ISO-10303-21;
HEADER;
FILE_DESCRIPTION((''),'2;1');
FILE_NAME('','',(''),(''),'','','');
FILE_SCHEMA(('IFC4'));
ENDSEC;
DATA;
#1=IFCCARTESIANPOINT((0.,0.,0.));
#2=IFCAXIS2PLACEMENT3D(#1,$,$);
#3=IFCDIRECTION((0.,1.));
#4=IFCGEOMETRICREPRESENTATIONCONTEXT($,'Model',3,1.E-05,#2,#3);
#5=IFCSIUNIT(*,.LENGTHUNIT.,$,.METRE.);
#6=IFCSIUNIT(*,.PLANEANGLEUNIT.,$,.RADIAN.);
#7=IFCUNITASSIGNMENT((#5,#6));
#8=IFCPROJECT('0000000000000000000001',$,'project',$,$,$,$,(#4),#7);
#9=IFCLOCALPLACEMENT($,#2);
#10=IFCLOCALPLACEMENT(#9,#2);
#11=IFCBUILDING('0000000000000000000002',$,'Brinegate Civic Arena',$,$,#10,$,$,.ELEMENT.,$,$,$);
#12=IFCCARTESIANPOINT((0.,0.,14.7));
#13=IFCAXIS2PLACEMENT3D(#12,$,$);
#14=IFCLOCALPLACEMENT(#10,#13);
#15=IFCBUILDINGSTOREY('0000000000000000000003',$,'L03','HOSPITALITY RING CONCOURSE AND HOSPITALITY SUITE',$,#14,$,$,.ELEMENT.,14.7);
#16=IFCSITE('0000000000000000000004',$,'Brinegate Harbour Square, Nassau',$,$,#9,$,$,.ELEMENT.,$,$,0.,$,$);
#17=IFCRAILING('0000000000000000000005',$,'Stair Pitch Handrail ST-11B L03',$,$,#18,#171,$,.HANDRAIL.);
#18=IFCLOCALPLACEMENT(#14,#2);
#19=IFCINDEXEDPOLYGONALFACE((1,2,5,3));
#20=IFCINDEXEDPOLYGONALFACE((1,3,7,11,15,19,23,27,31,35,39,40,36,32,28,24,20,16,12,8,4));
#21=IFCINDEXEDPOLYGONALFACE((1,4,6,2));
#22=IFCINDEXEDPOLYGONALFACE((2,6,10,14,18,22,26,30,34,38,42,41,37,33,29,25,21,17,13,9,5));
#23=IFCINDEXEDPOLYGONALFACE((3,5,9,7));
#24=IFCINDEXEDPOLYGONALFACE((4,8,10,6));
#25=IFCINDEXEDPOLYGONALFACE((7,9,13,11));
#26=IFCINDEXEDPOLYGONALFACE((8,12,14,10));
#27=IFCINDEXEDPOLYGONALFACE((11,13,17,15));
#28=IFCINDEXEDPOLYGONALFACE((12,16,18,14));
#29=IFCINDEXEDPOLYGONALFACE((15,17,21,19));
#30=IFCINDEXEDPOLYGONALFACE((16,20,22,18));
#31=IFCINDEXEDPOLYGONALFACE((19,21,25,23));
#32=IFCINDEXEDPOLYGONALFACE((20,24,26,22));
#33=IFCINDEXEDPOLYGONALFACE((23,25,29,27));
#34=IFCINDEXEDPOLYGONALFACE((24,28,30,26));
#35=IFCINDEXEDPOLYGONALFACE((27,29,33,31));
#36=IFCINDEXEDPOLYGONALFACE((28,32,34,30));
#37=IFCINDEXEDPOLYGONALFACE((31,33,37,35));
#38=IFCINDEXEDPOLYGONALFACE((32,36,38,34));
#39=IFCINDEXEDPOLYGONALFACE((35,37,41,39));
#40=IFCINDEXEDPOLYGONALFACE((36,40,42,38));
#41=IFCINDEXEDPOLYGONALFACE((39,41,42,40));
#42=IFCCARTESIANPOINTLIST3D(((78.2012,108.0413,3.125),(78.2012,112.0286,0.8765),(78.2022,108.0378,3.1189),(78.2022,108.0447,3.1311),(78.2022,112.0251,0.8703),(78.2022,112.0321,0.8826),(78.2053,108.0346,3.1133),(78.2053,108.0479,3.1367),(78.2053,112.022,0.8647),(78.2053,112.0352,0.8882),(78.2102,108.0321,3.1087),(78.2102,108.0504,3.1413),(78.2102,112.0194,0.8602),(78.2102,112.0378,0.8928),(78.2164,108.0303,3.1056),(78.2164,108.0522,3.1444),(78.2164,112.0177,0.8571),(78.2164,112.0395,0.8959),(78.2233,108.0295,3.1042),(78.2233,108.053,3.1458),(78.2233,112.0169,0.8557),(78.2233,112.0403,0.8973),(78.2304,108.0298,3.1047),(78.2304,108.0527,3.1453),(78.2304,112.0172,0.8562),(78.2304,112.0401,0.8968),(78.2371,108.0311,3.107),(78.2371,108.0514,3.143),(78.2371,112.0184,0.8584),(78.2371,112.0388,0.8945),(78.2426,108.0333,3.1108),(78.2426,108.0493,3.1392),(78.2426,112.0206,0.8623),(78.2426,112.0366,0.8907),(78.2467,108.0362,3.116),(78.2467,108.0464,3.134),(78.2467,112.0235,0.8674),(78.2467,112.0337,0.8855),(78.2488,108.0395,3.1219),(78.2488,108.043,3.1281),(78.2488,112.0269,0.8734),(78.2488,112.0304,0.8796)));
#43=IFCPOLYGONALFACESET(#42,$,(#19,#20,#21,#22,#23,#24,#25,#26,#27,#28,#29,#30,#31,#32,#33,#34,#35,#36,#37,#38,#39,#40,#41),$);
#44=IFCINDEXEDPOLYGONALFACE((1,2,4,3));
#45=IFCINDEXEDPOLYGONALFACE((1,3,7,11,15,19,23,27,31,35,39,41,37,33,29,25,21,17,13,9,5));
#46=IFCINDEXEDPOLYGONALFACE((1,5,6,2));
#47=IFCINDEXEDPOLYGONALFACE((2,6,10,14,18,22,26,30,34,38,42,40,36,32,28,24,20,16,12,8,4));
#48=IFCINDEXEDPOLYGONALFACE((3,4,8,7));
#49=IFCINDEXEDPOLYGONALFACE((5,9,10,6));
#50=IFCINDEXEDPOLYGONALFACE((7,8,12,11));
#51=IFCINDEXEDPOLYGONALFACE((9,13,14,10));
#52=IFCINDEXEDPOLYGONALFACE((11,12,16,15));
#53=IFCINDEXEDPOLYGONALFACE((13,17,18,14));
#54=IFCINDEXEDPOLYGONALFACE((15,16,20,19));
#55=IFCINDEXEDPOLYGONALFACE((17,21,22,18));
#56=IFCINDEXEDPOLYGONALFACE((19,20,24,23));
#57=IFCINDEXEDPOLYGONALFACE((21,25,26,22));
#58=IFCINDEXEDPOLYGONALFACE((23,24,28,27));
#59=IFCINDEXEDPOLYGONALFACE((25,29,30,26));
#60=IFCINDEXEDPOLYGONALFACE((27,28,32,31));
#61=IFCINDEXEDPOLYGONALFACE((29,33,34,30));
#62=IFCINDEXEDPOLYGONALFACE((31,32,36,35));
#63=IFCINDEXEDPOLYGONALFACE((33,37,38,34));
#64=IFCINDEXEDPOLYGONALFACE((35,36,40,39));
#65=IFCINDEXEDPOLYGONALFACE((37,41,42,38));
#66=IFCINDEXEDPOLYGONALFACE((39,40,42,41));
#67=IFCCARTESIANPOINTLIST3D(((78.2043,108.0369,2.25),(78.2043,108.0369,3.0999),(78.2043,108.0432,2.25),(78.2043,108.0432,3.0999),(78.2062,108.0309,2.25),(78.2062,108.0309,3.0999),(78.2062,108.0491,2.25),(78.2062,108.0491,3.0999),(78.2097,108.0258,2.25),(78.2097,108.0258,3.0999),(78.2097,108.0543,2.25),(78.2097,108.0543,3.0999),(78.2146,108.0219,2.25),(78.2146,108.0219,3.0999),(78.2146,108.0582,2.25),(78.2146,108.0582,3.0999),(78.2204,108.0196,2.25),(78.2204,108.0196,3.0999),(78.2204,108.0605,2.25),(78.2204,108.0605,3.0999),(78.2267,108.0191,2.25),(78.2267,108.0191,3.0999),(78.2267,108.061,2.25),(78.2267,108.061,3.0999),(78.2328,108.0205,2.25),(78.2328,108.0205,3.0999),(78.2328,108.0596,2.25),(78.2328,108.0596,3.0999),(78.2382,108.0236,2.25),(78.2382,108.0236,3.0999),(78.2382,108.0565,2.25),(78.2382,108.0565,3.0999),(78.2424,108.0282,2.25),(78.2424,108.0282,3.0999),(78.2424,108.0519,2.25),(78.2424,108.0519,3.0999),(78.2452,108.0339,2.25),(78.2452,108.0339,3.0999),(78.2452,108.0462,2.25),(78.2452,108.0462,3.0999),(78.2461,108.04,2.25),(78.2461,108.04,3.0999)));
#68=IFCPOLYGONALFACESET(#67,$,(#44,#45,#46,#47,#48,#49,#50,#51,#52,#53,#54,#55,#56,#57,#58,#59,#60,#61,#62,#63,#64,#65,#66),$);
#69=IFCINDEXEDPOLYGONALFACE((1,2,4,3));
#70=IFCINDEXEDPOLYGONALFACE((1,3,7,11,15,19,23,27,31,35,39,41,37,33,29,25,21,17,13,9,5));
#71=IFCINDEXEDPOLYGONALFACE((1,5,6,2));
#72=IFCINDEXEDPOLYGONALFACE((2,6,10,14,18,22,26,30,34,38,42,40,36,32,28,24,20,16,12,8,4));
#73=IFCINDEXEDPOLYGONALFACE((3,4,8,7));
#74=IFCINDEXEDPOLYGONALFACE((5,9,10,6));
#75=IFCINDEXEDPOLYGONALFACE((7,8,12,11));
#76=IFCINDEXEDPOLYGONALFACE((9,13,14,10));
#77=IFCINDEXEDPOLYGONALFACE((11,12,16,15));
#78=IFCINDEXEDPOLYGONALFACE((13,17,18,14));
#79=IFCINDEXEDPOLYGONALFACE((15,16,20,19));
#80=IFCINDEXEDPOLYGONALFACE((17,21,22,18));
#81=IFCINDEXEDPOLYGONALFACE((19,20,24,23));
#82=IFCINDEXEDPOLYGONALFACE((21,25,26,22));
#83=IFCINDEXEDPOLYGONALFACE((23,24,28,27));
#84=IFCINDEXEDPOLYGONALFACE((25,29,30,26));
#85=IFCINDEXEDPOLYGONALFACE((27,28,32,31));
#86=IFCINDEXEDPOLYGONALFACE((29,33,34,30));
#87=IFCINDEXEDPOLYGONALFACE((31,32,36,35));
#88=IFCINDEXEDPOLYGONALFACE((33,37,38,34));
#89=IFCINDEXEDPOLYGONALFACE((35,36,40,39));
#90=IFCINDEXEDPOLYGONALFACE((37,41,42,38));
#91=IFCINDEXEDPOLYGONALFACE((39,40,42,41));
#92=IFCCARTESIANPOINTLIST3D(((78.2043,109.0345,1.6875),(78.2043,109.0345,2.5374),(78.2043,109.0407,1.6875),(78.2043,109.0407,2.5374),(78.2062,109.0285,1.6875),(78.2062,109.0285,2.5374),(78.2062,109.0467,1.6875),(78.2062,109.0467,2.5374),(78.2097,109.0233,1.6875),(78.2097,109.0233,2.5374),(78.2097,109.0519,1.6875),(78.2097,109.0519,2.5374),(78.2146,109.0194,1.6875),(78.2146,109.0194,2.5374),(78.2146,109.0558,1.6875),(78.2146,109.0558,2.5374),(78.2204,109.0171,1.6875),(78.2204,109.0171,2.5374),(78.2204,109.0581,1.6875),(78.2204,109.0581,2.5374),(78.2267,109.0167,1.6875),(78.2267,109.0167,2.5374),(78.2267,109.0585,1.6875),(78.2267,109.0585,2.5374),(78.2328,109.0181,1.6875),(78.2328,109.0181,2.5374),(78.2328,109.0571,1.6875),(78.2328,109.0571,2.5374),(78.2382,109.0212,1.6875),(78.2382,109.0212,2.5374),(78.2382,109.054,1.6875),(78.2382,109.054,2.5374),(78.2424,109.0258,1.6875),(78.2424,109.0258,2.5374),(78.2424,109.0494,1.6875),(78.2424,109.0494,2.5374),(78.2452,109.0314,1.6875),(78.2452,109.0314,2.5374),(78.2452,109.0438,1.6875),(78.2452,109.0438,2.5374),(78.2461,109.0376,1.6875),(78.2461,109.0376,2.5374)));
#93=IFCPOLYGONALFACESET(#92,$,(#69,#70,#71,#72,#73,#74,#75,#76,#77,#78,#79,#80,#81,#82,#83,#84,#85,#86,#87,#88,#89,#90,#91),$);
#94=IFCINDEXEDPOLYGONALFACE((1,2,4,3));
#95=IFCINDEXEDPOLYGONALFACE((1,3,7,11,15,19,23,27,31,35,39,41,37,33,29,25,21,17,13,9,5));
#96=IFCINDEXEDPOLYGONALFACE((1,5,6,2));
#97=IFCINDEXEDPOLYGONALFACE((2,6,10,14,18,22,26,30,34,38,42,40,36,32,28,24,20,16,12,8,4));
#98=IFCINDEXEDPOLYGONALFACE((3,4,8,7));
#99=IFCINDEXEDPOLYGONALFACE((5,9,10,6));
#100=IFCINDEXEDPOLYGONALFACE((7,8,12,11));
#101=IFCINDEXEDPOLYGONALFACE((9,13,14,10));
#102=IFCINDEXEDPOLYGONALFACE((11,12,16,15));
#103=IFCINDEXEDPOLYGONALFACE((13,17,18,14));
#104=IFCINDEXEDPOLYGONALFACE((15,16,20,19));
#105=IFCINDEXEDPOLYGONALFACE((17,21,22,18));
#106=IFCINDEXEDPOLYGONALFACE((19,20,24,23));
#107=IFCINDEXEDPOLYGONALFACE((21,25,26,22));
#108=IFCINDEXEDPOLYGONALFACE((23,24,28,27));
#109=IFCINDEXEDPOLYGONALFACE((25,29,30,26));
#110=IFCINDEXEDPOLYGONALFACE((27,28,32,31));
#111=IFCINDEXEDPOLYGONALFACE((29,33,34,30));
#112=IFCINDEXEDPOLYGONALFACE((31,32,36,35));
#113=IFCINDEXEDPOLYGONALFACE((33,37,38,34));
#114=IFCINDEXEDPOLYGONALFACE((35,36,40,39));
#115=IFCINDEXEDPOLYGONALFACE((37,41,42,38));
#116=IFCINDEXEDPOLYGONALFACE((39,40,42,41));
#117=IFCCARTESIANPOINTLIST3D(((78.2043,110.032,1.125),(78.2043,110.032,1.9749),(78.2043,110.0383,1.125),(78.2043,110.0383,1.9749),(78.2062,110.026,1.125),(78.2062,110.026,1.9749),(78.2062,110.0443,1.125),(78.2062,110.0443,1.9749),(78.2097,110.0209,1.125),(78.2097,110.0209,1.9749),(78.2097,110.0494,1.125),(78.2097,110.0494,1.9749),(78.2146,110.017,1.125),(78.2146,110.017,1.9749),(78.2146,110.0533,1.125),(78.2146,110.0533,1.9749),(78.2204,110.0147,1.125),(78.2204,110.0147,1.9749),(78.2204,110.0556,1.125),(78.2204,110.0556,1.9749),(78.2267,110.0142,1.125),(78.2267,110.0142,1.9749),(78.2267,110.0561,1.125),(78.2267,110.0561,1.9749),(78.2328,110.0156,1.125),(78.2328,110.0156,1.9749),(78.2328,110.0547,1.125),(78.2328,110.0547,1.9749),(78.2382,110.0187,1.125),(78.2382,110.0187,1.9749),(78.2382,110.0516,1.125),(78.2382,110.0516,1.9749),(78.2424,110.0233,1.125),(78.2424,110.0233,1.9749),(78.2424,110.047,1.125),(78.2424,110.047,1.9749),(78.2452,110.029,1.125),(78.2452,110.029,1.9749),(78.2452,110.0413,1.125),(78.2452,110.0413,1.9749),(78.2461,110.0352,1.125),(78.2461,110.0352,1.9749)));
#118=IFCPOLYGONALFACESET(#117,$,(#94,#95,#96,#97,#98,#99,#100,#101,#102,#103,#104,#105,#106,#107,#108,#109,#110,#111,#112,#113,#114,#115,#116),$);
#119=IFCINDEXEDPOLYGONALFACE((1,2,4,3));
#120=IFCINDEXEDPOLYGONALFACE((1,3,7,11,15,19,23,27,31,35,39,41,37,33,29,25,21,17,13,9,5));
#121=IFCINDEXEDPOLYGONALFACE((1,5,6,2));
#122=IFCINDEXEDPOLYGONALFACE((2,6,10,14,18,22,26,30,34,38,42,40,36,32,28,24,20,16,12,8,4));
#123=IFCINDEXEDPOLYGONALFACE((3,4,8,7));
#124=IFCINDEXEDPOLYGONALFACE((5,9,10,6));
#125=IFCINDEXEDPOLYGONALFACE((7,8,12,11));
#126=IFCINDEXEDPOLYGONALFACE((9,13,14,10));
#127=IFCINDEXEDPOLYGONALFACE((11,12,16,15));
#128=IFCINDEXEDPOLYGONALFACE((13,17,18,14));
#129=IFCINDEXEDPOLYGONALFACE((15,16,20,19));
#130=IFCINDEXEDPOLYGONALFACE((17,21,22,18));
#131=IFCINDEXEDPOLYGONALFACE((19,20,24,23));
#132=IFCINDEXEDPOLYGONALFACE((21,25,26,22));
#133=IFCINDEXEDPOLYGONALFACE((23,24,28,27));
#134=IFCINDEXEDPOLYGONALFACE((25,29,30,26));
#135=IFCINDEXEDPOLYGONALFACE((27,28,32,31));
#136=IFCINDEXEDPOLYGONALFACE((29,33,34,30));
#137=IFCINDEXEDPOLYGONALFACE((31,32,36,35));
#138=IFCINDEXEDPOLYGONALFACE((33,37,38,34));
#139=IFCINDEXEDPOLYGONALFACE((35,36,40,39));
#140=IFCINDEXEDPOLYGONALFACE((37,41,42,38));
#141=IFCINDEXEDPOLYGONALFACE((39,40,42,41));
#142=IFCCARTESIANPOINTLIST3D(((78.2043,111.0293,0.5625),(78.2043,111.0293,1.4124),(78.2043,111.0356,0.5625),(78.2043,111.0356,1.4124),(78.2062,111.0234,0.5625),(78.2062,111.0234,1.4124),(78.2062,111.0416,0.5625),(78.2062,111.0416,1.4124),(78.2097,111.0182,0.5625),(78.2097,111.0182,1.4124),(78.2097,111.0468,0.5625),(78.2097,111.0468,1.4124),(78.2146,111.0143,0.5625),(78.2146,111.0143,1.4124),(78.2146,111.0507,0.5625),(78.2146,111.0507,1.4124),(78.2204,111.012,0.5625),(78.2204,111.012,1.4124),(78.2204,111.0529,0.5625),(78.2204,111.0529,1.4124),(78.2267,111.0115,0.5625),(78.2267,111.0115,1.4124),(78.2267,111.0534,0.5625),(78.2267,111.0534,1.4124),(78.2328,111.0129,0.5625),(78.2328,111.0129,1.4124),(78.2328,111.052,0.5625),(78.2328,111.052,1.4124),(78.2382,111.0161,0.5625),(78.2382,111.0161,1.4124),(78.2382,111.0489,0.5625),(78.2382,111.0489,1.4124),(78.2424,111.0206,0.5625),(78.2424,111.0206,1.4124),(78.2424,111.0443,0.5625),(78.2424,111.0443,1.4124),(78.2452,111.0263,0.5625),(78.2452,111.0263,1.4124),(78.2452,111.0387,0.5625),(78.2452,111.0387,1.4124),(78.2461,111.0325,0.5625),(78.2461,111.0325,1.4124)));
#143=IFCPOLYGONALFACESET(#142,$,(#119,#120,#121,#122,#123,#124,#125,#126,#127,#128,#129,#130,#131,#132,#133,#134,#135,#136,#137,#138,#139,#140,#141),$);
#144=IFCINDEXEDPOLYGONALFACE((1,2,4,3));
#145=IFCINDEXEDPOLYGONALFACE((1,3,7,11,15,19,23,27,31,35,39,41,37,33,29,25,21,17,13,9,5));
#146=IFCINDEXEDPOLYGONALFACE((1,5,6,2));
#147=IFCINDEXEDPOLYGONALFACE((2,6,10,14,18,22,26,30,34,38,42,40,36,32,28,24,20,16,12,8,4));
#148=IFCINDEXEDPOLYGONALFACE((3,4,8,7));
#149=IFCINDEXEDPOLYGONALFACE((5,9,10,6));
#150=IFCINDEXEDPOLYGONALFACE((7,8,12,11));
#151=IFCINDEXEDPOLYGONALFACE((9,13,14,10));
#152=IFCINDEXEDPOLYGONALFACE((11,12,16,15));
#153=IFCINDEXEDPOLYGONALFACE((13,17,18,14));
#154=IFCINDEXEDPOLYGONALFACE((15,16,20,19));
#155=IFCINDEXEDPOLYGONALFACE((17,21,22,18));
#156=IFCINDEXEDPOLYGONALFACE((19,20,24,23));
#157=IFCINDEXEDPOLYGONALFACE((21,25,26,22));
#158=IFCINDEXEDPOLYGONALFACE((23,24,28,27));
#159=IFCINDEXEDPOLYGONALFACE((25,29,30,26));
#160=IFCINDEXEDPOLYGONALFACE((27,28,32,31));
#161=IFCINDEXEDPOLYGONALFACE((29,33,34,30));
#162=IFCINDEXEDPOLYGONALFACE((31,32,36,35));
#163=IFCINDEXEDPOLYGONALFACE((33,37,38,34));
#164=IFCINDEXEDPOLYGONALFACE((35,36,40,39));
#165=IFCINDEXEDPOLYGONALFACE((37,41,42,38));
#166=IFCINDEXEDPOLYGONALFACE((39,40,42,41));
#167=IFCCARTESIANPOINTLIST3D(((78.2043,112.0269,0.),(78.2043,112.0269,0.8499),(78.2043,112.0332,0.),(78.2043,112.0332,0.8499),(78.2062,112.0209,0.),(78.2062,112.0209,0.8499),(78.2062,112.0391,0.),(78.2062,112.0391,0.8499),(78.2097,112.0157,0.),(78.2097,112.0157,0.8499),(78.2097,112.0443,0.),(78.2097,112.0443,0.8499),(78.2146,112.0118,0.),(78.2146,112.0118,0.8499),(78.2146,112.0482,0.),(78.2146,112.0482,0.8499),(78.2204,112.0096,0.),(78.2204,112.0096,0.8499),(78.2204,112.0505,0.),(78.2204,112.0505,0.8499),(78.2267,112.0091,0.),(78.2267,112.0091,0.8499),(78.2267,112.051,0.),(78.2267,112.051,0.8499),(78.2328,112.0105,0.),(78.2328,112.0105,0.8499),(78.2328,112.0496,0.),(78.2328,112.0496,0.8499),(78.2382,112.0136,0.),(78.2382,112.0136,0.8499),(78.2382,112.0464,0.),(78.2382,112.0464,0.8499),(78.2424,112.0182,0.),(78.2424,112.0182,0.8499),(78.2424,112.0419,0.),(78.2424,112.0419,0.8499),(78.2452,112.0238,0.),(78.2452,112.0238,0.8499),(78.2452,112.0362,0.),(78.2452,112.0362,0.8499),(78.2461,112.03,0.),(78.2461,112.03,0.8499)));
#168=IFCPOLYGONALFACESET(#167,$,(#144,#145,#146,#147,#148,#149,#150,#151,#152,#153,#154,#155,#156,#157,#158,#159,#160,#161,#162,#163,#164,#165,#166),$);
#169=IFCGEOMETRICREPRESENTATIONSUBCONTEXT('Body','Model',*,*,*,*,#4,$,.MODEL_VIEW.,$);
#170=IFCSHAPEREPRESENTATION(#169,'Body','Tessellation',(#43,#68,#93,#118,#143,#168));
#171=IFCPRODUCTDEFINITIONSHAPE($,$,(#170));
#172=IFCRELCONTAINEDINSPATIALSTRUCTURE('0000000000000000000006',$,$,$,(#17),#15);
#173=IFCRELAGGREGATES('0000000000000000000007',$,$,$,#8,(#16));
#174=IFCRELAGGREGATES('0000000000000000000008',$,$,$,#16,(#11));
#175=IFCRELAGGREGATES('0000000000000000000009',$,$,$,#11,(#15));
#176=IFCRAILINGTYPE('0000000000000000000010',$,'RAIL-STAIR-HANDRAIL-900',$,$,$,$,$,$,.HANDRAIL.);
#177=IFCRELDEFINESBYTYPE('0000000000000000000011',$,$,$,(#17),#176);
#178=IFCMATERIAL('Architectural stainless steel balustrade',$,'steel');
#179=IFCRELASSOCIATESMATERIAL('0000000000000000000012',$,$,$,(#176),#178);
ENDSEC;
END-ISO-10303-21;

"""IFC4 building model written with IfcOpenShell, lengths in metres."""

from ifc_helpers import new_model, si_unit, direction, frame, origin, origin_2d, place, context, subcontext, project, spatial, circle, extrude, material, type_object, element, save


model = new_model("IFC4")

# Units and contexts
model_context = context("Model", 3, precision=1e-05, world=origin(), true_north=direction((0.0, 1.0)))
body_context = subcontext(model_context, "Body", "Model", "MODEL_VIEW")
ifc_project = project(units=[si_unit("LENGTHUNIT", "METRE"), si_unit("PLANEANGLEUNIT", "RADIAN")], contexts=[model_context])

# Site, building, storey
site_placement = place(None, origin())
site = spatial("IfcSite", under=ifc_project, at=site_placement, Name="Brinegate Harbour Square, Nassau", CompositionType="ELEMENT", RefElevation=0.0)
building_placement = place(site_placement, origin())
building = spatial("IfcBuilding", under=site, at=building_placement, Name="Brinegate Civic Arena", CompositionType="ELEMENT")
storey_placement = place(building_placement, frame((0.0, 0.0, 14.7)))
storey = spatial("IfcBuildingStorey", under=building, at=storey_placement, Name="L03", Description="HOSPITALITY RING CONCOURSE AND HOSPITALITY SUITE", CompositionType="ELEMENT", Elevation=14.7)

# Railing
ifc_material_1 = material(Name="Architectural stainless steel balustrade", Category="steel")
railing_type_1 = type_object("IfcRailingType", Name="RAIL-STAIR-HANDRAIL-900", PredefinedType="HANDRAIL", material=ifc_material_1)
for number, where, name in (
    (1, (78.2251, 108.04, 2.25), "Stair Pitch Handrail ST-11B L03"),
):
    element("IfcRailing", number, at=place(storey_placement, frame(where)), inside=storey, type_object=railing_type_1, Name=name, PredefinedType="HANDRAIL", context=body_context, shape_type="SweptSolid", body=[
        extrude(circle(Radius=0.0239, at=origin_2d()), frame((0.0, 0.0012, 0.875), z_axis=(0.0, 0.87105, -0.491195), x_axis=(-1.0, 0.0, 0.0)), (0.0, 0.0, 1.0), 4.5776),
        extrude(circle(Radius=0.021, at=origin_2d()), origin(), (0.0, 0.0, 1.0), 0.8499),
        extrude(circle(Radius=0.021, at=origin_2d()), frame((0.0, 0.9976, -0.5625)), (0.0, 0.0, 1.0), 0.8499),
        extrude(circle(Radius=0.021, at=origin_2d()), frame((0.0, 1.9951, -1.125)), (0.0, 0.0, 1.0), 0.8499),
        extrude(circle(Radius=0.021, at=origin_2d()), frame((0.0, 2.9924, -1.6875)), (0.0, 0.0, 1.0), 0.8499),
        extrude(circle(Radius=0.021, at=origin_2d()), frame((0.0, 3.99, -2.25)), (0.0, 0.0, 1.0), 0.8499),
    ])

save(model, "model.ifc")
